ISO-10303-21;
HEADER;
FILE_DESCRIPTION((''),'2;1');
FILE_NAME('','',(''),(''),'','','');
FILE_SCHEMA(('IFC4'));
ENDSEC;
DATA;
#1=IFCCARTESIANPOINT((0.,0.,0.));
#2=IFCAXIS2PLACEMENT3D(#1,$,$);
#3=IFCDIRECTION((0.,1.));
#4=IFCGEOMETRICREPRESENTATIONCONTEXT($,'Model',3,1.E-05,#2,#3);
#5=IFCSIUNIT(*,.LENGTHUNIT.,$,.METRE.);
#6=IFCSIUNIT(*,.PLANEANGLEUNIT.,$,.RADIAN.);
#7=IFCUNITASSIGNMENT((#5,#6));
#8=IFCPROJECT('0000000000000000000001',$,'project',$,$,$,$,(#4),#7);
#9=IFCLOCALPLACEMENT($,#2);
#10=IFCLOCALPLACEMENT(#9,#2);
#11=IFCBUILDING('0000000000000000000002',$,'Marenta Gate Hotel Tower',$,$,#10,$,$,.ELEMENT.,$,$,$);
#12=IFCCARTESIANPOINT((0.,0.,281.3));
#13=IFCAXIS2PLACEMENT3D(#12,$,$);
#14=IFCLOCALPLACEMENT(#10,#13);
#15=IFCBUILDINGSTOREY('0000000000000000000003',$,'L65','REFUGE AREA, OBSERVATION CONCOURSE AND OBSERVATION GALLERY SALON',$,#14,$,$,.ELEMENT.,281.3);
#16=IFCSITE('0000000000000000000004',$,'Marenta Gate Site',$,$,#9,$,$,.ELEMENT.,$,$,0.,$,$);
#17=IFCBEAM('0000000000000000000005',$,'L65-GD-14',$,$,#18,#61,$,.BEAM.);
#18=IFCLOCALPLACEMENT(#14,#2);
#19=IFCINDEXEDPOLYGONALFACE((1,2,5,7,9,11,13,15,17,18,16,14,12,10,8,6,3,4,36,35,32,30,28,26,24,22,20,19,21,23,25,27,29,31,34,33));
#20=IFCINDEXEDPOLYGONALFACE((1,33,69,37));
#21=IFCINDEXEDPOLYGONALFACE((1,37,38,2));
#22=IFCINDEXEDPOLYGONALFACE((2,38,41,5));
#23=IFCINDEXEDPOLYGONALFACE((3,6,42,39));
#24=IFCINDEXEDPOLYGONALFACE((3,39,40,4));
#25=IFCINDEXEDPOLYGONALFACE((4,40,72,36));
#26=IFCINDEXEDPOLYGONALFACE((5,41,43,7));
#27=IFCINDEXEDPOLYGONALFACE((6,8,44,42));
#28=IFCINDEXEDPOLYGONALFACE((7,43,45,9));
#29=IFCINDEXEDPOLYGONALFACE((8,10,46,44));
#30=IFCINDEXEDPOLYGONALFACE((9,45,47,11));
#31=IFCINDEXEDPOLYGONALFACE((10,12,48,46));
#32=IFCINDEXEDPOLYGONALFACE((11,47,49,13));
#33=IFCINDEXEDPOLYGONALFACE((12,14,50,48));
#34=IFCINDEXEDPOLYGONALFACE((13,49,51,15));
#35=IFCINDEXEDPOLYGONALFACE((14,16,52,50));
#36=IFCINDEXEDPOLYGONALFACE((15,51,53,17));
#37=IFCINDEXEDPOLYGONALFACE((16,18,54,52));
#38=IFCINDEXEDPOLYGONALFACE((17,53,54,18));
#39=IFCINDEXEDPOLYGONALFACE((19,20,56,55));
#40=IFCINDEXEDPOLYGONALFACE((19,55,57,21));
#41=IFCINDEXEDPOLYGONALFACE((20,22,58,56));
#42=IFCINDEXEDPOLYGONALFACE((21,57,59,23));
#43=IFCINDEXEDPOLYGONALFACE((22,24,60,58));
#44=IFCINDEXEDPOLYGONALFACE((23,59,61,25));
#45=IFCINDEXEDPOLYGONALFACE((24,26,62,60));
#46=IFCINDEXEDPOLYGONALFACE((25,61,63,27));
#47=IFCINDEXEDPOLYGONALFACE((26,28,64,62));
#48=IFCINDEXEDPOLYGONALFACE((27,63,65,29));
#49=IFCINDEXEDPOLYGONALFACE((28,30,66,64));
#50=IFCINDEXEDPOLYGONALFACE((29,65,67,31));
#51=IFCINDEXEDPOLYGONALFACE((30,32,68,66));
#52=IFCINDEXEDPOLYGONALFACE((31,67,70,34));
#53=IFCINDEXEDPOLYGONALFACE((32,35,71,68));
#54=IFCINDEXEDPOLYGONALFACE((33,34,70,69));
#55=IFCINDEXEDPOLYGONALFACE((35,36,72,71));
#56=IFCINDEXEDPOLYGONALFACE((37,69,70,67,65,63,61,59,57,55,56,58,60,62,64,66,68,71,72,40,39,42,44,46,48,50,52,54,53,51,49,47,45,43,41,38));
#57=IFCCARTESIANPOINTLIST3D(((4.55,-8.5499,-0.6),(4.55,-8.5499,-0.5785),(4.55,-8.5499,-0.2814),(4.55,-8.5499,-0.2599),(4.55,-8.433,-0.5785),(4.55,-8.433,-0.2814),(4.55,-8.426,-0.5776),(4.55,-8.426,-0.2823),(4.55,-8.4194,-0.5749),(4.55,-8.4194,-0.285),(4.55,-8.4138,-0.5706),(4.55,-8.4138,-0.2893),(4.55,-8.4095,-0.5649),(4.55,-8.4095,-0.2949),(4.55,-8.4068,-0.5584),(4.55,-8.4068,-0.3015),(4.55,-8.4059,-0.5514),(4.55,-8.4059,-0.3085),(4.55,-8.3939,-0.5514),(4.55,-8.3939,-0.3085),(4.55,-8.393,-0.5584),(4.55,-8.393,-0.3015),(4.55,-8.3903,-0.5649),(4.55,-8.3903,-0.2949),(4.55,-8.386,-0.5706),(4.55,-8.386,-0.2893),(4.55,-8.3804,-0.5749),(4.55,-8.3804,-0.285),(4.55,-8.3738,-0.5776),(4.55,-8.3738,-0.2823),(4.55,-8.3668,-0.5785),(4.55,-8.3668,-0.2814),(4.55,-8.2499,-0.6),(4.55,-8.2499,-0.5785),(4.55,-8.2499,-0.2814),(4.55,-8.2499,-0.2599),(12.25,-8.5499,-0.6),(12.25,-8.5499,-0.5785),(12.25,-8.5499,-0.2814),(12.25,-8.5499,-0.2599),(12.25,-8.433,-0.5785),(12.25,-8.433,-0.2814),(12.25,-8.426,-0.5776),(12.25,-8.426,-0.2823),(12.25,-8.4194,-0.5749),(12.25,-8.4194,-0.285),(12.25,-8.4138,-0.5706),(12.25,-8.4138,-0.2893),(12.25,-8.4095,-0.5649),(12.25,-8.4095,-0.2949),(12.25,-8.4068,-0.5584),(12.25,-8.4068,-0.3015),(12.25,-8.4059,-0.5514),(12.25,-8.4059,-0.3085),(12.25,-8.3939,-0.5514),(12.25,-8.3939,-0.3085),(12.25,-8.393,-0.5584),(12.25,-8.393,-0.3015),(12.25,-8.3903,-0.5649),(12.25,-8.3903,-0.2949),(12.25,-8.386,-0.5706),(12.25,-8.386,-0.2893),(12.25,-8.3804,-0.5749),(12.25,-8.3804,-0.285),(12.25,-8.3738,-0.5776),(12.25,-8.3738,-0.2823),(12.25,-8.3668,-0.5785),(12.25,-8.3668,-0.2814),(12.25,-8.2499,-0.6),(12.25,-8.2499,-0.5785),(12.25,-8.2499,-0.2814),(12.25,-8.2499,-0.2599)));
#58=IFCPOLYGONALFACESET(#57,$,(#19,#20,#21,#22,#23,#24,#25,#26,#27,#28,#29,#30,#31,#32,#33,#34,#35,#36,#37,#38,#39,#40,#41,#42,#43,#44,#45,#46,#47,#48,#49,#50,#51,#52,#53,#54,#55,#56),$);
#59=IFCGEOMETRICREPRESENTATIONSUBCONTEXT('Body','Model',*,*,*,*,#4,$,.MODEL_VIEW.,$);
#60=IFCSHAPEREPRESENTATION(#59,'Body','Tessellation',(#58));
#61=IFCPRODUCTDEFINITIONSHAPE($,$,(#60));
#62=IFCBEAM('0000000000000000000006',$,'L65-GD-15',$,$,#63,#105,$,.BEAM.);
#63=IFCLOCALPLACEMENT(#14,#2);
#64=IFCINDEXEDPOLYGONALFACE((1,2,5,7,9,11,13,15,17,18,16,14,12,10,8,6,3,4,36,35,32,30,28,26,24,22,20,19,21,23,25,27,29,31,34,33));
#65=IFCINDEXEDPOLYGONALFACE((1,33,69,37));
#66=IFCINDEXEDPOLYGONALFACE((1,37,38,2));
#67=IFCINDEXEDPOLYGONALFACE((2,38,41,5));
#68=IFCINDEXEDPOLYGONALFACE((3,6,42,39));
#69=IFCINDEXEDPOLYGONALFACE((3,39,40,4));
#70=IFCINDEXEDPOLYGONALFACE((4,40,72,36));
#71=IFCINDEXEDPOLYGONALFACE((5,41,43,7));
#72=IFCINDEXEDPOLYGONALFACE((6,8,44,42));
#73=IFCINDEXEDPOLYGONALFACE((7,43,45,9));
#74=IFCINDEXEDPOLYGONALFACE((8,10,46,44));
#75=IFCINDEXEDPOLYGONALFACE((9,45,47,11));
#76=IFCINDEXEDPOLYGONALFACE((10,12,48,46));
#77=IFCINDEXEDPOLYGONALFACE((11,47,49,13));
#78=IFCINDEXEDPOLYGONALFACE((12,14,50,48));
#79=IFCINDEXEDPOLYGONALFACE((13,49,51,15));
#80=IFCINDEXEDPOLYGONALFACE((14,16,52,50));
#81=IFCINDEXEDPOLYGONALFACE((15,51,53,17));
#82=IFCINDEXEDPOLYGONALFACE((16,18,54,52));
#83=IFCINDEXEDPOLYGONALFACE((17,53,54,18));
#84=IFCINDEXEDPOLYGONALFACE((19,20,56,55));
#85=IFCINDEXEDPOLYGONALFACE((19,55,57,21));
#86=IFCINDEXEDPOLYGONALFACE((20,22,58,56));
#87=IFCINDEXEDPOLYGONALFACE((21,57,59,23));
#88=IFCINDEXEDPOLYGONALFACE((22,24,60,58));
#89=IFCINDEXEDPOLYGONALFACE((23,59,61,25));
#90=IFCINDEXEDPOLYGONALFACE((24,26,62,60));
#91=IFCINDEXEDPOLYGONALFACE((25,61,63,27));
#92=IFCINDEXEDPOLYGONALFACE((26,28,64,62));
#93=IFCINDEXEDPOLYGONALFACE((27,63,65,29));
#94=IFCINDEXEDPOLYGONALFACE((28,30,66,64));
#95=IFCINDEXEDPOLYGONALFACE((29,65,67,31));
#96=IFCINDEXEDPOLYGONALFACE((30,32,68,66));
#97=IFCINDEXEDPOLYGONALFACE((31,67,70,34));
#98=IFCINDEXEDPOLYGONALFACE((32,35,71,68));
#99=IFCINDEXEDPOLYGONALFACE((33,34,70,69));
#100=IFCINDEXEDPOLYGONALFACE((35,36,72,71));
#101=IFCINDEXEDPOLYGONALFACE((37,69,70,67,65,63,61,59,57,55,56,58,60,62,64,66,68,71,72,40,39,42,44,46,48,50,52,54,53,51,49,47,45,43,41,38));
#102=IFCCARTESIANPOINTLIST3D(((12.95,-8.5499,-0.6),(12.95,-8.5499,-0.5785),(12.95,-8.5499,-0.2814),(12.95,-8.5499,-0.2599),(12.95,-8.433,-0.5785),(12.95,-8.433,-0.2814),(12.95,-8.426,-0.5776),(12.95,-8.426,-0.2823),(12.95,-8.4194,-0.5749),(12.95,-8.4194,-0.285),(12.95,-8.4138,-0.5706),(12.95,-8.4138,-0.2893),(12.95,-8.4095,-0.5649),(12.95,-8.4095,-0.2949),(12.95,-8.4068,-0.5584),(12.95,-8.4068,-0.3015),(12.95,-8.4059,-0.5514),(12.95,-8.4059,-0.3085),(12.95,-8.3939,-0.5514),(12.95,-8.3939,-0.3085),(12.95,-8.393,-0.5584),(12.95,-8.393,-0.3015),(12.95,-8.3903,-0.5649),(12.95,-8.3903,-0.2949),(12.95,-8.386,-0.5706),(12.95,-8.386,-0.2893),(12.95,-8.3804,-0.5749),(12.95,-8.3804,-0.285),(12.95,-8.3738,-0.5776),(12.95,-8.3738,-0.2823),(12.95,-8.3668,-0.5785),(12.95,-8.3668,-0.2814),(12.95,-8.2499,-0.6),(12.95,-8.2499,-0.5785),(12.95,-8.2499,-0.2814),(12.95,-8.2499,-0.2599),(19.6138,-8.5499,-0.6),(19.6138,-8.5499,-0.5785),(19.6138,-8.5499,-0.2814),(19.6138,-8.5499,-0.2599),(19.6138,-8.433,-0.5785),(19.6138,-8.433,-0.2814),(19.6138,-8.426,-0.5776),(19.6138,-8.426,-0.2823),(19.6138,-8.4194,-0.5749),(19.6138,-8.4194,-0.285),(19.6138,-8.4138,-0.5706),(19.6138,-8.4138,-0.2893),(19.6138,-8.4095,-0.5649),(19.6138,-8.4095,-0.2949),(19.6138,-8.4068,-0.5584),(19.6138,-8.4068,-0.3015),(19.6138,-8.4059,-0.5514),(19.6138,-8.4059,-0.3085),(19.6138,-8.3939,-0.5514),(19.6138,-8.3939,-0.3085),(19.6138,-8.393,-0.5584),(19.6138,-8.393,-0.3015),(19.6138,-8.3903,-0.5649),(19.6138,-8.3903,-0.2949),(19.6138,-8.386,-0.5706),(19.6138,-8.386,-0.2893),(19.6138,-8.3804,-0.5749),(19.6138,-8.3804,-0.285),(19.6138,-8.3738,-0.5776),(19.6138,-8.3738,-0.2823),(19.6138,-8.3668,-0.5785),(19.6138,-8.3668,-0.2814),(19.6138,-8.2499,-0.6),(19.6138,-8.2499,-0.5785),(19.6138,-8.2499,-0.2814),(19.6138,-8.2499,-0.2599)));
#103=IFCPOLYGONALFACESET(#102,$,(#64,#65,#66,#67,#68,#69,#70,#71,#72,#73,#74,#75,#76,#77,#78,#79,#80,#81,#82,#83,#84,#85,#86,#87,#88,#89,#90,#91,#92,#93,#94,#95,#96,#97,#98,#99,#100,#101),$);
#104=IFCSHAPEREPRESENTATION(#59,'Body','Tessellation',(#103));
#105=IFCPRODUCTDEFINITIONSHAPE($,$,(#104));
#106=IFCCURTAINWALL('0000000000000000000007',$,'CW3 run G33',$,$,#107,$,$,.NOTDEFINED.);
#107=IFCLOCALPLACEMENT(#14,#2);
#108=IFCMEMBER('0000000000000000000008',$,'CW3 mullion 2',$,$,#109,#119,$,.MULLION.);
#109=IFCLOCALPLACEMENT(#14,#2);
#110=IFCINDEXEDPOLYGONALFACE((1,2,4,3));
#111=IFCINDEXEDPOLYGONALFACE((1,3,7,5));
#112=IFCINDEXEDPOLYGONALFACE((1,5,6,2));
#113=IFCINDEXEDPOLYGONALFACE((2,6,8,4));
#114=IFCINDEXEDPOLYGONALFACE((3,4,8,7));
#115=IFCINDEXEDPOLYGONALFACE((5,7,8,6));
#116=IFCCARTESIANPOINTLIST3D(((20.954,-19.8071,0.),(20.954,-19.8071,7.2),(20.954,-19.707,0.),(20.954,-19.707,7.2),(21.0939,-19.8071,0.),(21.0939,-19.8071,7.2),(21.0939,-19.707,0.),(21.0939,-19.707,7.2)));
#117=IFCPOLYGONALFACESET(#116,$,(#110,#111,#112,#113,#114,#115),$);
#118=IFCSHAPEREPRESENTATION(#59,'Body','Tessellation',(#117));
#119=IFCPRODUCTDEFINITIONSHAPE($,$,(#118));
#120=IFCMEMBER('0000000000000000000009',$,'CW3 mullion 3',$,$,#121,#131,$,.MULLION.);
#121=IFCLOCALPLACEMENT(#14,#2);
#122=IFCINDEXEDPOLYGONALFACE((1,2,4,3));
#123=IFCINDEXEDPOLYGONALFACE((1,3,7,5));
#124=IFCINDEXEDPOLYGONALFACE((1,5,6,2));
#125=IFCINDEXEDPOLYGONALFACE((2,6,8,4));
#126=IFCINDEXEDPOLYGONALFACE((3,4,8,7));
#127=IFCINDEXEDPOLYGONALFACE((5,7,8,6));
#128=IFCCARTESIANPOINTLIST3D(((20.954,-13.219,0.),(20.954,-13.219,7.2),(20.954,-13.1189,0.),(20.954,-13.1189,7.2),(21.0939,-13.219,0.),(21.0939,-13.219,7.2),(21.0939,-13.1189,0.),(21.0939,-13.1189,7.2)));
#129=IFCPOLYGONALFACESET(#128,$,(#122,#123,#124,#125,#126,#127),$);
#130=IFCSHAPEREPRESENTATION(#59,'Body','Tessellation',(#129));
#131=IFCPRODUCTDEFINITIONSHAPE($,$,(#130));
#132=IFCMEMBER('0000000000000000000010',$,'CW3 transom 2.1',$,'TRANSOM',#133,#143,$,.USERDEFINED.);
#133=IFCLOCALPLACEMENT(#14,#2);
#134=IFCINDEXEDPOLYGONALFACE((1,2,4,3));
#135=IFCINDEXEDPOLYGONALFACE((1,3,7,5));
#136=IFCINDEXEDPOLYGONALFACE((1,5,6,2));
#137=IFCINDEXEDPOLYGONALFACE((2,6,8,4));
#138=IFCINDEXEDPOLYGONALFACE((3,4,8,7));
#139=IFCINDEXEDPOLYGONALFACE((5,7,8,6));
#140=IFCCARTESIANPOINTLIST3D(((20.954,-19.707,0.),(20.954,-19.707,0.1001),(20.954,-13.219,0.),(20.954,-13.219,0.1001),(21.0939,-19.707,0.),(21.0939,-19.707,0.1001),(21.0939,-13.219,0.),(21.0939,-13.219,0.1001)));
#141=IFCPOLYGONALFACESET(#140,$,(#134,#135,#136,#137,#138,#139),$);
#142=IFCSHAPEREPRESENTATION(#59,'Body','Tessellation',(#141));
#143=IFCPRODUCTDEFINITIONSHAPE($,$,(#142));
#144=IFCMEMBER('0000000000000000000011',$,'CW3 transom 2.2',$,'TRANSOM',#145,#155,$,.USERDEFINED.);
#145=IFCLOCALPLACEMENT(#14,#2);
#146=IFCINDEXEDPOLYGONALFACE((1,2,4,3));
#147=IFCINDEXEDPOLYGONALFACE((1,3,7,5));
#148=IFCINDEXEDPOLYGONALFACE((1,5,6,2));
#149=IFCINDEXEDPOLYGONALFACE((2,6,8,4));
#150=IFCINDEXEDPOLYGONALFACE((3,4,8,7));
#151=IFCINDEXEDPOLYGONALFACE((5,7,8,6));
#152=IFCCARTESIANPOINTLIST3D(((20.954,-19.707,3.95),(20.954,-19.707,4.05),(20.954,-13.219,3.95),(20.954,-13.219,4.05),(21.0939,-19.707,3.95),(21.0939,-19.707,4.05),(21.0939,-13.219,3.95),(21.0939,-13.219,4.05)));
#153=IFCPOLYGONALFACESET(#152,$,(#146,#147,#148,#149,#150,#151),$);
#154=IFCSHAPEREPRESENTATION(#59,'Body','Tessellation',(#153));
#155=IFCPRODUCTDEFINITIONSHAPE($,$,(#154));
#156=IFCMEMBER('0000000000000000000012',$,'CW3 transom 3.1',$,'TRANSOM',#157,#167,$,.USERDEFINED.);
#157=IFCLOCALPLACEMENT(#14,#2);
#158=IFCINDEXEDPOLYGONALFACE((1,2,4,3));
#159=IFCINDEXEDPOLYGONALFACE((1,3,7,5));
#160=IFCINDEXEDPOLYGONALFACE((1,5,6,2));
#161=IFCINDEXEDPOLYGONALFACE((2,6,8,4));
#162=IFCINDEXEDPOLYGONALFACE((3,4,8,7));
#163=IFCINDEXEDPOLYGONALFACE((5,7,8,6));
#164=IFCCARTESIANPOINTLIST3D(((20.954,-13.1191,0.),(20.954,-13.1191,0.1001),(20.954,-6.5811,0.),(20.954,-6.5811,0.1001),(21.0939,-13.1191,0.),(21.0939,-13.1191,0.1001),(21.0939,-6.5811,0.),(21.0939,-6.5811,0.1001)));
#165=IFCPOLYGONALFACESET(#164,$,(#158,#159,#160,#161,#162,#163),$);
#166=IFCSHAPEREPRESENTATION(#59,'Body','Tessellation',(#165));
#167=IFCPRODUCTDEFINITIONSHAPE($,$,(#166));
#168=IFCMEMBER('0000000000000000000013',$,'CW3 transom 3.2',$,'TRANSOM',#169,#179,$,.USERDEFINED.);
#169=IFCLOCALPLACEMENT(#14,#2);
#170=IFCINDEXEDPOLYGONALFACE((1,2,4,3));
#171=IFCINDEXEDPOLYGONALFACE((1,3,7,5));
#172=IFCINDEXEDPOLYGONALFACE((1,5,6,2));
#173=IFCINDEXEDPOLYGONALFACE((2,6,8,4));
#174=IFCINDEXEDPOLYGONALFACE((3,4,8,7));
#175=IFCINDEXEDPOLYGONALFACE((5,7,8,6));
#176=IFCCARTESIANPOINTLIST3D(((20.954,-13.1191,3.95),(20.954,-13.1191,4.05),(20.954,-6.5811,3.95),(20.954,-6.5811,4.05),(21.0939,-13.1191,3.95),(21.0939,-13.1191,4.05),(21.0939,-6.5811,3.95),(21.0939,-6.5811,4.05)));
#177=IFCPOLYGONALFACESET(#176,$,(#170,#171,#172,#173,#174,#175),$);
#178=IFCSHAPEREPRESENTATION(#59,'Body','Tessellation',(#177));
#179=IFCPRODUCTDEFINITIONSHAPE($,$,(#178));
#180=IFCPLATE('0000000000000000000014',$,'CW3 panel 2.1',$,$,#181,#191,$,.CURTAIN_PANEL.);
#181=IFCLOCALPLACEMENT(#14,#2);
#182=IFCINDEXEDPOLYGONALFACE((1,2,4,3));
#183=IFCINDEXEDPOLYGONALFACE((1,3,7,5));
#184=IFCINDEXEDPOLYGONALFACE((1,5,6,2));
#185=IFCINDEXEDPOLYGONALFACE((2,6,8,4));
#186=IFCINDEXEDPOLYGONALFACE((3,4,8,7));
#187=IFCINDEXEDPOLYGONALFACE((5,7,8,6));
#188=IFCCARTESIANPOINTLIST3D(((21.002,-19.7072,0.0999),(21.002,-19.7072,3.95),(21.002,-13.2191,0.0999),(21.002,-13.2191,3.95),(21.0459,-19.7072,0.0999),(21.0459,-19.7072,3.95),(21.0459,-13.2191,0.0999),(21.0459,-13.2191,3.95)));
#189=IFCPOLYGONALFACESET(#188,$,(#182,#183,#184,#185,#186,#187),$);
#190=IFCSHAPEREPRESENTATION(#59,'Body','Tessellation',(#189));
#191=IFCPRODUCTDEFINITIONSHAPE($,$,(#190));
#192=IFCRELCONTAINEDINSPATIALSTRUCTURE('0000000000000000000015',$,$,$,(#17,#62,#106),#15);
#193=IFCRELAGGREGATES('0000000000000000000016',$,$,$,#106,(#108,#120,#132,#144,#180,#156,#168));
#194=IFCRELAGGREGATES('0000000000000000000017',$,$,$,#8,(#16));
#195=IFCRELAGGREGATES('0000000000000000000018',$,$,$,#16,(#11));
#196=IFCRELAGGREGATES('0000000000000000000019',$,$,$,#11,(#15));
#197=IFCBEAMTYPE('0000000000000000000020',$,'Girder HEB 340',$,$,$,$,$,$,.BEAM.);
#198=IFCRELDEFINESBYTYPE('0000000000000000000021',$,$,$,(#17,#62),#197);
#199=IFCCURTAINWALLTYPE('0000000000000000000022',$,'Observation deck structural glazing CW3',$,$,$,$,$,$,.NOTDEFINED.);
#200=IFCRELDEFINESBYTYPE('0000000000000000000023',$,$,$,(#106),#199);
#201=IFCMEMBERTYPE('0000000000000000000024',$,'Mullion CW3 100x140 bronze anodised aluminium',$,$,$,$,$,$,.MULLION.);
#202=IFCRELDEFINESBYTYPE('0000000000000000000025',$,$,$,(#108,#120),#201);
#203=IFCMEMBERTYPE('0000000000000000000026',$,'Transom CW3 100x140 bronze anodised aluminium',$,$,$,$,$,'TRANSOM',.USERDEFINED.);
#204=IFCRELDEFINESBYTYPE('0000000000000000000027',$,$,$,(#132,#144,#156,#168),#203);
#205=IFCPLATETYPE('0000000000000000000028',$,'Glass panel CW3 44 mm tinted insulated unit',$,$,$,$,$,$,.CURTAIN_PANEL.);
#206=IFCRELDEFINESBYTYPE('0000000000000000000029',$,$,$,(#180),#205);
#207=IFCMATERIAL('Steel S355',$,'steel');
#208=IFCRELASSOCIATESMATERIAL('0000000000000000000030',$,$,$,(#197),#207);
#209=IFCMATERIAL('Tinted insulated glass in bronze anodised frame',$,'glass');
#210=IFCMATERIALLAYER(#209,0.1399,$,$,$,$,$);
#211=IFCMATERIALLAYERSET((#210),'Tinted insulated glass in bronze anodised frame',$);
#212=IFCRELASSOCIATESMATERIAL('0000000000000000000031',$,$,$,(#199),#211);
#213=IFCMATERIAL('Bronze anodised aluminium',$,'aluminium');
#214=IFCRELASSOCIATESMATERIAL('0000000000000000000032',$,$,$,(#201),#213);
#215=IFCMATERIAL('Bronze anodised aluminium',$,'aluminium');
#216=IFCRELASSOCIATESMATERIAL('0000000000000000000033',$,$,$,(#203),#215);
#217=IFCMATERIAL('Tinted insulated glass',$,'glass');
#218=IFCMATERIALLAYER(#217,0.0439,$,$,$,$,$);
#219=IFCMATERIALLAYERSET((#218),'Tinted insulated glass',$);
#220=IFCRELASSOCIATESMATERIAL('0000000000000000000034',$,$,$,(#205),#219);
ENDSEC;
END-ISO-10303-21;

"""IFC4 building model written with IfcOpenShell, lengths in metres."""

from ifc_helpers import new_model, si_unit, direction, frame, origin, origin_2d, place, context, subcontext, project, spatial, rectangle, i_section, extrude, material, layer, layer_set, material_profile, profile_set, type_object, element, aggregate, save


model = new_model("IFC4")

# Units and contexts
model_context = context("Model", 3, precision=1e-05, world=origin(), true_north=direction((0.0, 1.0)))
body_context = subcontext(model_context, "Body", "Model", "MODEL_VIEW")
ifc_project = project(units=[si_unit("LENGTHUNIT", "METRE"), si_unit("PLANEANGLEUNIT", "RADIAN")], contexts=[model_context])

# Site, building, storey
site_placement = place(None, origin())
site = spatial("IfcSite", under=ifc_project, at=site_placement, Name="Marenta Gate Site", CompositionType="ELEMENT", RefElevation=0.0)
building_placement = place(site_placement, origin())
building = spatial("IfcBuilding", under=site, at=building_placement, Name="Marenta Gate Hotel Tower", CompositionType="ELEMENT")
storey_placement = place(building_placement, frame((0.0, 0.0, 281.3)))
storey = spatial("IfcBuildingStorey", under=building, at=storey_placement, Name="L65", Description="REFUGE AREA, OBSERVATION CONCOURSE AND OBSERVATION GALLERY SALON", CompositionType="ELEMENT", Elevation=281.3)

# Beams
ifc_material_1 = material(Name="Steel S355", Category="steel")
ifc_material_profile_1 = material_profile(ifc_material_1, i_section(OverallWidth=0.3, OverallDepth=0.3401, WebThickness=0.012, FlangeThickness=0.0215, FilletRadius=0.0271, at=origin_2d()), Name="HEB 340")
ifc_profile_set_1 = profile_set([ifc_material_profile_1], Name="Steel S355")
beam_type_1 = type_object("IfcBeamType", Name="Girder HEB 340", PredefinedType="BEAM", material=ifc_profile_set_1)
beam_1_placement = place(storey_placement, frame((4.55, -8.3999, -0.4299), z_axis=(1.0, 0.0, 0.0), x_axis=(0.0, 1.0, 0.0)))
element("IfcBeam", 1, at=beam_1_placement, inside=storey, type_object=beam_type_1, Name="L65-GD-14", PredefinedType="BEAM", context=body_context, shape_type="SweptSolid", body=[
    extrude(i_section(OverallWidth=0.3, OverallDepth=0.3401, WebThickness=0.012, FlangeThickness=0.0215, FilletRadius=0.0271, at=origin_2d()), origin(), (0.0, 0.0, 1.0), 7.7),
])
beam_2_placement = place(storey_placement, frame((12.95, -8.3999, -0.4299), z_axis=(1.0, 0.0, 0.0), x_axis=(0.0, 1.0, 0.0)))
element("IfcBeam", 2, at=beam_2_placement, inside=storey, type_object=beam_type_1, Name="L65-GD-15", PredefinedType="BEAM", context=body_context, shape_type="SweptSolid", body=[
    extrude(i_section(OverallWidth=0.3, OverallDepth=0.3401, WebThickness=0.012, FlangeThickness=0.0215, FilletRadius=0.0271, at=origin_2d()), origin(), (0.0, 0.0, 1.0), 6.6638),
])

# Curtain wall, members, plate
ifc_material_2 = material(Name="Tinted insulated glass in bronze anodised frame", Category="glass")
ifc_layer_1 = layer(ifc_material_2, 0.1399)
ifc_layer_set_1 = layer_set([ifc_layer_1], Name="Tinted insulated glass in bronze anodised frame")
curtain_wall_type = type_object("IfcCurtainWallType", Name="Observation deck structural glazing CW3", PredefinedType="NOTDEFINED", material=ifc_layer_set_1)
curtain_wall_placement = place(storey_placement, origin())
curtain_wall = element("IfcCurtainWall", 3, at=curtain_wall_placement, inside=storey, type_object=curtain_wall_type, Name="CW3 run G33", PredefinedType="NOTDEFINED")
ifc_material_3 = material(Name="Bronze anodised aluminium", Category="aluminium")
ifc_material_profile_2 = material_profile(ifc_material_3, rectangle(XDim=0.1399, YDim=0.1001, at=origin_2d()), Name="Mullion CW3 100x140 bronze anodised aluminium")
ifc_profile_set_2 = profile_set([ifc_material_profile_2], Name="Bronze anodised aluminium")
member_type_1 = type_object("IfcMemberType", Name="Mullion CW3 100x140 bronze anodised aluminium", PredefinedType="MULLION", material=ifc_profile_set_2)
member_1_placement = place(storey_placement, frame((21.0239, -19.7571, 0.0), z_axis=(0.0, 0.0, 1.0), x_axis=(-1.0, 0.0, 0.0)))
member_1 = element("IfcMember", 4, at=member_1_placement, type_object=member_type_1, Name="CW3 mullion 2", PredefinedType="MULLION", context=body_context, shape_type="SweptSolid", body=[
    extrude(rectangle(XDim=0.1399, YDim=0.1001, at=origin_2d()), origin(), (0.0, 0.0, 1.0), 7.2),
])
member_2_placement = place(storey_placement, frame((21.0239, -13.1689, 0.0), z_axis=(0.0, 0.0, 1.0), x_axis=(-1.0, 0.0, 0.0)))
member_2 = element("IfcMember", 5, at=member_2_placement, type_object=member_type_1, Name="CW3 mullion 3", PredefinedType="MULLION", context=body_context, shape_type="SweptSolid", body=[
    extrude(rectangle(XDim=0.1399, YDim=0.1001, at=origin_2d()), origin(), (0.0, 0.0, 1.0), 7.2),
])
ifc_material_4 = material(Name="Bronze anodised aluminium", Category="aluminium")
ifc_material_profile_3 = material_profile(ifc_material_4, rectangle(XDim=0.1399, YDim=0.1001, at=origin_2d()), Name="Transom CW3 100x140 bronze anodised aluminium")
ifc_profile_set_3 = profile_set([ifc_material_profile_3], Name="Bronze anodised aluminium")
member_type_2 = type_object("IfcMemberType", Name="Transom CW3 100x140 bronze anodised aluminium", ElementType="TRANSOM", PredefinedType="USERDEFINED", material=ifc_profile_set_3)
member_3_placement = place(storey_placement, frame((21.0239, -19.707, 0.05), z_axis=(0.0, 1.0, 0.0), x_axis=(-1.0, 0.0, 0.0)))
member_3 = element("IfcMember", 6, at=member_3_placement, type_object=member_type_2, Name="CW3 transom 2.1", ObjectType="TRANSOM", PredefinedType="USERDEFINED", context=body_context, shape_type="SweptSolid", body=[
    extrude(rectangle(XDim=0.1399, YDim=0.1001, at=origin_2d()), origin(), (0.0, 0.0, 1.0), 6.488),
])
member_4_placement = place(storey_placement, frame((21.0239, -19.707, 4.0), z_axis=(0.0, 1.0, 0.0), x_axis=(-1.0, 0.0, 0.0)))
member_4 = element("IfcMember", 7, at=member_4_placement, type_object=member_type_2, Name="CW3 transom 2.2", ObjectType="TRANSOM", PredefinedType="USERDEFINED", context=body_context, shape_type="SweptSolid", body=[
    extrude(rectangle(XDim=0.1399, YDim=0.1001, at=origin_2d()), origin(), (0.0, 0.0, 1.0), 6.488),
])
member_5_placement = place(storey_placement, frame((21.0239, -13.1191, 0.05), z_axis=(0.0, 1.0, 0.0), x_axis=(-1.0, 0.0, 0.0)))
member_5 = element("IfcMember", 8, at=member_5_placement, type_object=member_type_2, Name="CW3 transom 3.1", ObjectType="TRANSOM", PredefinedType="USERDEFINED", context=body_context, shape_type="SweptSolid", body=[
    extrude(rectangle(XDim=0.1399, YDim=0.1001, at=origin_2d()), origin(), (0.0, 0.0, 1.0), 6.5381),
])
member_6_placement = place(storey_placement, frame((21.0239, -13.1191, 4.0), z_axis=(0.0, 1.0, 0.0), x_axis=(-1.0, 0.0, 0.0)))
member_6 = element("IfcMember", 9, at=member_6_placement, type_object=member_type_2, Name="CW3 transom 3.2", ObjectType="TRANSOM", PredefinedType="USERDEFINED", context=body_context, shape_type="SweptSolid", body=[
    extrude(rectangle(XDim=0.1399, YDim=0.1001, at=origin_2d()), origin(), (0.0, 0.0, 1.0), 6.5381),
])
ifc_material_5 = material(Name="Tinted insulated glass", Category="glass")
ifc_layer_2 = layer(ifc_material_5, 0.0439)
ifc_layer_set_2 = layer_set([ifc_layer_2], Name="Tinted insulated glass")
plate_type = type_object("IfcPlateType", Name="Glass panel CW3 44 mm tinted insulated unit", PredefinedType="CURTAIN_PANEL", material=ifc_layer_set_2)
plate_1_placement = place(storey_placement, frame((21.0239, -16.4631, 0.0999), z_axis=(0.0, 0.0, 1.0), x_axis=(0.0, 1.0, 0.0)))
plate_1 = element("IfcPlate", 10, at=plate_1_placement, type_object=plate_type, Name="CW3 panel 2.1", PredefinedType="CURTAIN_PANEL", context=body_context, shape_type="SweptSolid", body=[
    extrude(rectangle(XDim=6.488, YDim=0.0439, at=origin_2d()), origin(), (0.0, 0.0, 1.0), 3.8501),
])
aggregate(curtain_wall, [member_1, member_2, member_3, member_4, plate_1, member_5, member_6])

save(model, "model.ifc")
